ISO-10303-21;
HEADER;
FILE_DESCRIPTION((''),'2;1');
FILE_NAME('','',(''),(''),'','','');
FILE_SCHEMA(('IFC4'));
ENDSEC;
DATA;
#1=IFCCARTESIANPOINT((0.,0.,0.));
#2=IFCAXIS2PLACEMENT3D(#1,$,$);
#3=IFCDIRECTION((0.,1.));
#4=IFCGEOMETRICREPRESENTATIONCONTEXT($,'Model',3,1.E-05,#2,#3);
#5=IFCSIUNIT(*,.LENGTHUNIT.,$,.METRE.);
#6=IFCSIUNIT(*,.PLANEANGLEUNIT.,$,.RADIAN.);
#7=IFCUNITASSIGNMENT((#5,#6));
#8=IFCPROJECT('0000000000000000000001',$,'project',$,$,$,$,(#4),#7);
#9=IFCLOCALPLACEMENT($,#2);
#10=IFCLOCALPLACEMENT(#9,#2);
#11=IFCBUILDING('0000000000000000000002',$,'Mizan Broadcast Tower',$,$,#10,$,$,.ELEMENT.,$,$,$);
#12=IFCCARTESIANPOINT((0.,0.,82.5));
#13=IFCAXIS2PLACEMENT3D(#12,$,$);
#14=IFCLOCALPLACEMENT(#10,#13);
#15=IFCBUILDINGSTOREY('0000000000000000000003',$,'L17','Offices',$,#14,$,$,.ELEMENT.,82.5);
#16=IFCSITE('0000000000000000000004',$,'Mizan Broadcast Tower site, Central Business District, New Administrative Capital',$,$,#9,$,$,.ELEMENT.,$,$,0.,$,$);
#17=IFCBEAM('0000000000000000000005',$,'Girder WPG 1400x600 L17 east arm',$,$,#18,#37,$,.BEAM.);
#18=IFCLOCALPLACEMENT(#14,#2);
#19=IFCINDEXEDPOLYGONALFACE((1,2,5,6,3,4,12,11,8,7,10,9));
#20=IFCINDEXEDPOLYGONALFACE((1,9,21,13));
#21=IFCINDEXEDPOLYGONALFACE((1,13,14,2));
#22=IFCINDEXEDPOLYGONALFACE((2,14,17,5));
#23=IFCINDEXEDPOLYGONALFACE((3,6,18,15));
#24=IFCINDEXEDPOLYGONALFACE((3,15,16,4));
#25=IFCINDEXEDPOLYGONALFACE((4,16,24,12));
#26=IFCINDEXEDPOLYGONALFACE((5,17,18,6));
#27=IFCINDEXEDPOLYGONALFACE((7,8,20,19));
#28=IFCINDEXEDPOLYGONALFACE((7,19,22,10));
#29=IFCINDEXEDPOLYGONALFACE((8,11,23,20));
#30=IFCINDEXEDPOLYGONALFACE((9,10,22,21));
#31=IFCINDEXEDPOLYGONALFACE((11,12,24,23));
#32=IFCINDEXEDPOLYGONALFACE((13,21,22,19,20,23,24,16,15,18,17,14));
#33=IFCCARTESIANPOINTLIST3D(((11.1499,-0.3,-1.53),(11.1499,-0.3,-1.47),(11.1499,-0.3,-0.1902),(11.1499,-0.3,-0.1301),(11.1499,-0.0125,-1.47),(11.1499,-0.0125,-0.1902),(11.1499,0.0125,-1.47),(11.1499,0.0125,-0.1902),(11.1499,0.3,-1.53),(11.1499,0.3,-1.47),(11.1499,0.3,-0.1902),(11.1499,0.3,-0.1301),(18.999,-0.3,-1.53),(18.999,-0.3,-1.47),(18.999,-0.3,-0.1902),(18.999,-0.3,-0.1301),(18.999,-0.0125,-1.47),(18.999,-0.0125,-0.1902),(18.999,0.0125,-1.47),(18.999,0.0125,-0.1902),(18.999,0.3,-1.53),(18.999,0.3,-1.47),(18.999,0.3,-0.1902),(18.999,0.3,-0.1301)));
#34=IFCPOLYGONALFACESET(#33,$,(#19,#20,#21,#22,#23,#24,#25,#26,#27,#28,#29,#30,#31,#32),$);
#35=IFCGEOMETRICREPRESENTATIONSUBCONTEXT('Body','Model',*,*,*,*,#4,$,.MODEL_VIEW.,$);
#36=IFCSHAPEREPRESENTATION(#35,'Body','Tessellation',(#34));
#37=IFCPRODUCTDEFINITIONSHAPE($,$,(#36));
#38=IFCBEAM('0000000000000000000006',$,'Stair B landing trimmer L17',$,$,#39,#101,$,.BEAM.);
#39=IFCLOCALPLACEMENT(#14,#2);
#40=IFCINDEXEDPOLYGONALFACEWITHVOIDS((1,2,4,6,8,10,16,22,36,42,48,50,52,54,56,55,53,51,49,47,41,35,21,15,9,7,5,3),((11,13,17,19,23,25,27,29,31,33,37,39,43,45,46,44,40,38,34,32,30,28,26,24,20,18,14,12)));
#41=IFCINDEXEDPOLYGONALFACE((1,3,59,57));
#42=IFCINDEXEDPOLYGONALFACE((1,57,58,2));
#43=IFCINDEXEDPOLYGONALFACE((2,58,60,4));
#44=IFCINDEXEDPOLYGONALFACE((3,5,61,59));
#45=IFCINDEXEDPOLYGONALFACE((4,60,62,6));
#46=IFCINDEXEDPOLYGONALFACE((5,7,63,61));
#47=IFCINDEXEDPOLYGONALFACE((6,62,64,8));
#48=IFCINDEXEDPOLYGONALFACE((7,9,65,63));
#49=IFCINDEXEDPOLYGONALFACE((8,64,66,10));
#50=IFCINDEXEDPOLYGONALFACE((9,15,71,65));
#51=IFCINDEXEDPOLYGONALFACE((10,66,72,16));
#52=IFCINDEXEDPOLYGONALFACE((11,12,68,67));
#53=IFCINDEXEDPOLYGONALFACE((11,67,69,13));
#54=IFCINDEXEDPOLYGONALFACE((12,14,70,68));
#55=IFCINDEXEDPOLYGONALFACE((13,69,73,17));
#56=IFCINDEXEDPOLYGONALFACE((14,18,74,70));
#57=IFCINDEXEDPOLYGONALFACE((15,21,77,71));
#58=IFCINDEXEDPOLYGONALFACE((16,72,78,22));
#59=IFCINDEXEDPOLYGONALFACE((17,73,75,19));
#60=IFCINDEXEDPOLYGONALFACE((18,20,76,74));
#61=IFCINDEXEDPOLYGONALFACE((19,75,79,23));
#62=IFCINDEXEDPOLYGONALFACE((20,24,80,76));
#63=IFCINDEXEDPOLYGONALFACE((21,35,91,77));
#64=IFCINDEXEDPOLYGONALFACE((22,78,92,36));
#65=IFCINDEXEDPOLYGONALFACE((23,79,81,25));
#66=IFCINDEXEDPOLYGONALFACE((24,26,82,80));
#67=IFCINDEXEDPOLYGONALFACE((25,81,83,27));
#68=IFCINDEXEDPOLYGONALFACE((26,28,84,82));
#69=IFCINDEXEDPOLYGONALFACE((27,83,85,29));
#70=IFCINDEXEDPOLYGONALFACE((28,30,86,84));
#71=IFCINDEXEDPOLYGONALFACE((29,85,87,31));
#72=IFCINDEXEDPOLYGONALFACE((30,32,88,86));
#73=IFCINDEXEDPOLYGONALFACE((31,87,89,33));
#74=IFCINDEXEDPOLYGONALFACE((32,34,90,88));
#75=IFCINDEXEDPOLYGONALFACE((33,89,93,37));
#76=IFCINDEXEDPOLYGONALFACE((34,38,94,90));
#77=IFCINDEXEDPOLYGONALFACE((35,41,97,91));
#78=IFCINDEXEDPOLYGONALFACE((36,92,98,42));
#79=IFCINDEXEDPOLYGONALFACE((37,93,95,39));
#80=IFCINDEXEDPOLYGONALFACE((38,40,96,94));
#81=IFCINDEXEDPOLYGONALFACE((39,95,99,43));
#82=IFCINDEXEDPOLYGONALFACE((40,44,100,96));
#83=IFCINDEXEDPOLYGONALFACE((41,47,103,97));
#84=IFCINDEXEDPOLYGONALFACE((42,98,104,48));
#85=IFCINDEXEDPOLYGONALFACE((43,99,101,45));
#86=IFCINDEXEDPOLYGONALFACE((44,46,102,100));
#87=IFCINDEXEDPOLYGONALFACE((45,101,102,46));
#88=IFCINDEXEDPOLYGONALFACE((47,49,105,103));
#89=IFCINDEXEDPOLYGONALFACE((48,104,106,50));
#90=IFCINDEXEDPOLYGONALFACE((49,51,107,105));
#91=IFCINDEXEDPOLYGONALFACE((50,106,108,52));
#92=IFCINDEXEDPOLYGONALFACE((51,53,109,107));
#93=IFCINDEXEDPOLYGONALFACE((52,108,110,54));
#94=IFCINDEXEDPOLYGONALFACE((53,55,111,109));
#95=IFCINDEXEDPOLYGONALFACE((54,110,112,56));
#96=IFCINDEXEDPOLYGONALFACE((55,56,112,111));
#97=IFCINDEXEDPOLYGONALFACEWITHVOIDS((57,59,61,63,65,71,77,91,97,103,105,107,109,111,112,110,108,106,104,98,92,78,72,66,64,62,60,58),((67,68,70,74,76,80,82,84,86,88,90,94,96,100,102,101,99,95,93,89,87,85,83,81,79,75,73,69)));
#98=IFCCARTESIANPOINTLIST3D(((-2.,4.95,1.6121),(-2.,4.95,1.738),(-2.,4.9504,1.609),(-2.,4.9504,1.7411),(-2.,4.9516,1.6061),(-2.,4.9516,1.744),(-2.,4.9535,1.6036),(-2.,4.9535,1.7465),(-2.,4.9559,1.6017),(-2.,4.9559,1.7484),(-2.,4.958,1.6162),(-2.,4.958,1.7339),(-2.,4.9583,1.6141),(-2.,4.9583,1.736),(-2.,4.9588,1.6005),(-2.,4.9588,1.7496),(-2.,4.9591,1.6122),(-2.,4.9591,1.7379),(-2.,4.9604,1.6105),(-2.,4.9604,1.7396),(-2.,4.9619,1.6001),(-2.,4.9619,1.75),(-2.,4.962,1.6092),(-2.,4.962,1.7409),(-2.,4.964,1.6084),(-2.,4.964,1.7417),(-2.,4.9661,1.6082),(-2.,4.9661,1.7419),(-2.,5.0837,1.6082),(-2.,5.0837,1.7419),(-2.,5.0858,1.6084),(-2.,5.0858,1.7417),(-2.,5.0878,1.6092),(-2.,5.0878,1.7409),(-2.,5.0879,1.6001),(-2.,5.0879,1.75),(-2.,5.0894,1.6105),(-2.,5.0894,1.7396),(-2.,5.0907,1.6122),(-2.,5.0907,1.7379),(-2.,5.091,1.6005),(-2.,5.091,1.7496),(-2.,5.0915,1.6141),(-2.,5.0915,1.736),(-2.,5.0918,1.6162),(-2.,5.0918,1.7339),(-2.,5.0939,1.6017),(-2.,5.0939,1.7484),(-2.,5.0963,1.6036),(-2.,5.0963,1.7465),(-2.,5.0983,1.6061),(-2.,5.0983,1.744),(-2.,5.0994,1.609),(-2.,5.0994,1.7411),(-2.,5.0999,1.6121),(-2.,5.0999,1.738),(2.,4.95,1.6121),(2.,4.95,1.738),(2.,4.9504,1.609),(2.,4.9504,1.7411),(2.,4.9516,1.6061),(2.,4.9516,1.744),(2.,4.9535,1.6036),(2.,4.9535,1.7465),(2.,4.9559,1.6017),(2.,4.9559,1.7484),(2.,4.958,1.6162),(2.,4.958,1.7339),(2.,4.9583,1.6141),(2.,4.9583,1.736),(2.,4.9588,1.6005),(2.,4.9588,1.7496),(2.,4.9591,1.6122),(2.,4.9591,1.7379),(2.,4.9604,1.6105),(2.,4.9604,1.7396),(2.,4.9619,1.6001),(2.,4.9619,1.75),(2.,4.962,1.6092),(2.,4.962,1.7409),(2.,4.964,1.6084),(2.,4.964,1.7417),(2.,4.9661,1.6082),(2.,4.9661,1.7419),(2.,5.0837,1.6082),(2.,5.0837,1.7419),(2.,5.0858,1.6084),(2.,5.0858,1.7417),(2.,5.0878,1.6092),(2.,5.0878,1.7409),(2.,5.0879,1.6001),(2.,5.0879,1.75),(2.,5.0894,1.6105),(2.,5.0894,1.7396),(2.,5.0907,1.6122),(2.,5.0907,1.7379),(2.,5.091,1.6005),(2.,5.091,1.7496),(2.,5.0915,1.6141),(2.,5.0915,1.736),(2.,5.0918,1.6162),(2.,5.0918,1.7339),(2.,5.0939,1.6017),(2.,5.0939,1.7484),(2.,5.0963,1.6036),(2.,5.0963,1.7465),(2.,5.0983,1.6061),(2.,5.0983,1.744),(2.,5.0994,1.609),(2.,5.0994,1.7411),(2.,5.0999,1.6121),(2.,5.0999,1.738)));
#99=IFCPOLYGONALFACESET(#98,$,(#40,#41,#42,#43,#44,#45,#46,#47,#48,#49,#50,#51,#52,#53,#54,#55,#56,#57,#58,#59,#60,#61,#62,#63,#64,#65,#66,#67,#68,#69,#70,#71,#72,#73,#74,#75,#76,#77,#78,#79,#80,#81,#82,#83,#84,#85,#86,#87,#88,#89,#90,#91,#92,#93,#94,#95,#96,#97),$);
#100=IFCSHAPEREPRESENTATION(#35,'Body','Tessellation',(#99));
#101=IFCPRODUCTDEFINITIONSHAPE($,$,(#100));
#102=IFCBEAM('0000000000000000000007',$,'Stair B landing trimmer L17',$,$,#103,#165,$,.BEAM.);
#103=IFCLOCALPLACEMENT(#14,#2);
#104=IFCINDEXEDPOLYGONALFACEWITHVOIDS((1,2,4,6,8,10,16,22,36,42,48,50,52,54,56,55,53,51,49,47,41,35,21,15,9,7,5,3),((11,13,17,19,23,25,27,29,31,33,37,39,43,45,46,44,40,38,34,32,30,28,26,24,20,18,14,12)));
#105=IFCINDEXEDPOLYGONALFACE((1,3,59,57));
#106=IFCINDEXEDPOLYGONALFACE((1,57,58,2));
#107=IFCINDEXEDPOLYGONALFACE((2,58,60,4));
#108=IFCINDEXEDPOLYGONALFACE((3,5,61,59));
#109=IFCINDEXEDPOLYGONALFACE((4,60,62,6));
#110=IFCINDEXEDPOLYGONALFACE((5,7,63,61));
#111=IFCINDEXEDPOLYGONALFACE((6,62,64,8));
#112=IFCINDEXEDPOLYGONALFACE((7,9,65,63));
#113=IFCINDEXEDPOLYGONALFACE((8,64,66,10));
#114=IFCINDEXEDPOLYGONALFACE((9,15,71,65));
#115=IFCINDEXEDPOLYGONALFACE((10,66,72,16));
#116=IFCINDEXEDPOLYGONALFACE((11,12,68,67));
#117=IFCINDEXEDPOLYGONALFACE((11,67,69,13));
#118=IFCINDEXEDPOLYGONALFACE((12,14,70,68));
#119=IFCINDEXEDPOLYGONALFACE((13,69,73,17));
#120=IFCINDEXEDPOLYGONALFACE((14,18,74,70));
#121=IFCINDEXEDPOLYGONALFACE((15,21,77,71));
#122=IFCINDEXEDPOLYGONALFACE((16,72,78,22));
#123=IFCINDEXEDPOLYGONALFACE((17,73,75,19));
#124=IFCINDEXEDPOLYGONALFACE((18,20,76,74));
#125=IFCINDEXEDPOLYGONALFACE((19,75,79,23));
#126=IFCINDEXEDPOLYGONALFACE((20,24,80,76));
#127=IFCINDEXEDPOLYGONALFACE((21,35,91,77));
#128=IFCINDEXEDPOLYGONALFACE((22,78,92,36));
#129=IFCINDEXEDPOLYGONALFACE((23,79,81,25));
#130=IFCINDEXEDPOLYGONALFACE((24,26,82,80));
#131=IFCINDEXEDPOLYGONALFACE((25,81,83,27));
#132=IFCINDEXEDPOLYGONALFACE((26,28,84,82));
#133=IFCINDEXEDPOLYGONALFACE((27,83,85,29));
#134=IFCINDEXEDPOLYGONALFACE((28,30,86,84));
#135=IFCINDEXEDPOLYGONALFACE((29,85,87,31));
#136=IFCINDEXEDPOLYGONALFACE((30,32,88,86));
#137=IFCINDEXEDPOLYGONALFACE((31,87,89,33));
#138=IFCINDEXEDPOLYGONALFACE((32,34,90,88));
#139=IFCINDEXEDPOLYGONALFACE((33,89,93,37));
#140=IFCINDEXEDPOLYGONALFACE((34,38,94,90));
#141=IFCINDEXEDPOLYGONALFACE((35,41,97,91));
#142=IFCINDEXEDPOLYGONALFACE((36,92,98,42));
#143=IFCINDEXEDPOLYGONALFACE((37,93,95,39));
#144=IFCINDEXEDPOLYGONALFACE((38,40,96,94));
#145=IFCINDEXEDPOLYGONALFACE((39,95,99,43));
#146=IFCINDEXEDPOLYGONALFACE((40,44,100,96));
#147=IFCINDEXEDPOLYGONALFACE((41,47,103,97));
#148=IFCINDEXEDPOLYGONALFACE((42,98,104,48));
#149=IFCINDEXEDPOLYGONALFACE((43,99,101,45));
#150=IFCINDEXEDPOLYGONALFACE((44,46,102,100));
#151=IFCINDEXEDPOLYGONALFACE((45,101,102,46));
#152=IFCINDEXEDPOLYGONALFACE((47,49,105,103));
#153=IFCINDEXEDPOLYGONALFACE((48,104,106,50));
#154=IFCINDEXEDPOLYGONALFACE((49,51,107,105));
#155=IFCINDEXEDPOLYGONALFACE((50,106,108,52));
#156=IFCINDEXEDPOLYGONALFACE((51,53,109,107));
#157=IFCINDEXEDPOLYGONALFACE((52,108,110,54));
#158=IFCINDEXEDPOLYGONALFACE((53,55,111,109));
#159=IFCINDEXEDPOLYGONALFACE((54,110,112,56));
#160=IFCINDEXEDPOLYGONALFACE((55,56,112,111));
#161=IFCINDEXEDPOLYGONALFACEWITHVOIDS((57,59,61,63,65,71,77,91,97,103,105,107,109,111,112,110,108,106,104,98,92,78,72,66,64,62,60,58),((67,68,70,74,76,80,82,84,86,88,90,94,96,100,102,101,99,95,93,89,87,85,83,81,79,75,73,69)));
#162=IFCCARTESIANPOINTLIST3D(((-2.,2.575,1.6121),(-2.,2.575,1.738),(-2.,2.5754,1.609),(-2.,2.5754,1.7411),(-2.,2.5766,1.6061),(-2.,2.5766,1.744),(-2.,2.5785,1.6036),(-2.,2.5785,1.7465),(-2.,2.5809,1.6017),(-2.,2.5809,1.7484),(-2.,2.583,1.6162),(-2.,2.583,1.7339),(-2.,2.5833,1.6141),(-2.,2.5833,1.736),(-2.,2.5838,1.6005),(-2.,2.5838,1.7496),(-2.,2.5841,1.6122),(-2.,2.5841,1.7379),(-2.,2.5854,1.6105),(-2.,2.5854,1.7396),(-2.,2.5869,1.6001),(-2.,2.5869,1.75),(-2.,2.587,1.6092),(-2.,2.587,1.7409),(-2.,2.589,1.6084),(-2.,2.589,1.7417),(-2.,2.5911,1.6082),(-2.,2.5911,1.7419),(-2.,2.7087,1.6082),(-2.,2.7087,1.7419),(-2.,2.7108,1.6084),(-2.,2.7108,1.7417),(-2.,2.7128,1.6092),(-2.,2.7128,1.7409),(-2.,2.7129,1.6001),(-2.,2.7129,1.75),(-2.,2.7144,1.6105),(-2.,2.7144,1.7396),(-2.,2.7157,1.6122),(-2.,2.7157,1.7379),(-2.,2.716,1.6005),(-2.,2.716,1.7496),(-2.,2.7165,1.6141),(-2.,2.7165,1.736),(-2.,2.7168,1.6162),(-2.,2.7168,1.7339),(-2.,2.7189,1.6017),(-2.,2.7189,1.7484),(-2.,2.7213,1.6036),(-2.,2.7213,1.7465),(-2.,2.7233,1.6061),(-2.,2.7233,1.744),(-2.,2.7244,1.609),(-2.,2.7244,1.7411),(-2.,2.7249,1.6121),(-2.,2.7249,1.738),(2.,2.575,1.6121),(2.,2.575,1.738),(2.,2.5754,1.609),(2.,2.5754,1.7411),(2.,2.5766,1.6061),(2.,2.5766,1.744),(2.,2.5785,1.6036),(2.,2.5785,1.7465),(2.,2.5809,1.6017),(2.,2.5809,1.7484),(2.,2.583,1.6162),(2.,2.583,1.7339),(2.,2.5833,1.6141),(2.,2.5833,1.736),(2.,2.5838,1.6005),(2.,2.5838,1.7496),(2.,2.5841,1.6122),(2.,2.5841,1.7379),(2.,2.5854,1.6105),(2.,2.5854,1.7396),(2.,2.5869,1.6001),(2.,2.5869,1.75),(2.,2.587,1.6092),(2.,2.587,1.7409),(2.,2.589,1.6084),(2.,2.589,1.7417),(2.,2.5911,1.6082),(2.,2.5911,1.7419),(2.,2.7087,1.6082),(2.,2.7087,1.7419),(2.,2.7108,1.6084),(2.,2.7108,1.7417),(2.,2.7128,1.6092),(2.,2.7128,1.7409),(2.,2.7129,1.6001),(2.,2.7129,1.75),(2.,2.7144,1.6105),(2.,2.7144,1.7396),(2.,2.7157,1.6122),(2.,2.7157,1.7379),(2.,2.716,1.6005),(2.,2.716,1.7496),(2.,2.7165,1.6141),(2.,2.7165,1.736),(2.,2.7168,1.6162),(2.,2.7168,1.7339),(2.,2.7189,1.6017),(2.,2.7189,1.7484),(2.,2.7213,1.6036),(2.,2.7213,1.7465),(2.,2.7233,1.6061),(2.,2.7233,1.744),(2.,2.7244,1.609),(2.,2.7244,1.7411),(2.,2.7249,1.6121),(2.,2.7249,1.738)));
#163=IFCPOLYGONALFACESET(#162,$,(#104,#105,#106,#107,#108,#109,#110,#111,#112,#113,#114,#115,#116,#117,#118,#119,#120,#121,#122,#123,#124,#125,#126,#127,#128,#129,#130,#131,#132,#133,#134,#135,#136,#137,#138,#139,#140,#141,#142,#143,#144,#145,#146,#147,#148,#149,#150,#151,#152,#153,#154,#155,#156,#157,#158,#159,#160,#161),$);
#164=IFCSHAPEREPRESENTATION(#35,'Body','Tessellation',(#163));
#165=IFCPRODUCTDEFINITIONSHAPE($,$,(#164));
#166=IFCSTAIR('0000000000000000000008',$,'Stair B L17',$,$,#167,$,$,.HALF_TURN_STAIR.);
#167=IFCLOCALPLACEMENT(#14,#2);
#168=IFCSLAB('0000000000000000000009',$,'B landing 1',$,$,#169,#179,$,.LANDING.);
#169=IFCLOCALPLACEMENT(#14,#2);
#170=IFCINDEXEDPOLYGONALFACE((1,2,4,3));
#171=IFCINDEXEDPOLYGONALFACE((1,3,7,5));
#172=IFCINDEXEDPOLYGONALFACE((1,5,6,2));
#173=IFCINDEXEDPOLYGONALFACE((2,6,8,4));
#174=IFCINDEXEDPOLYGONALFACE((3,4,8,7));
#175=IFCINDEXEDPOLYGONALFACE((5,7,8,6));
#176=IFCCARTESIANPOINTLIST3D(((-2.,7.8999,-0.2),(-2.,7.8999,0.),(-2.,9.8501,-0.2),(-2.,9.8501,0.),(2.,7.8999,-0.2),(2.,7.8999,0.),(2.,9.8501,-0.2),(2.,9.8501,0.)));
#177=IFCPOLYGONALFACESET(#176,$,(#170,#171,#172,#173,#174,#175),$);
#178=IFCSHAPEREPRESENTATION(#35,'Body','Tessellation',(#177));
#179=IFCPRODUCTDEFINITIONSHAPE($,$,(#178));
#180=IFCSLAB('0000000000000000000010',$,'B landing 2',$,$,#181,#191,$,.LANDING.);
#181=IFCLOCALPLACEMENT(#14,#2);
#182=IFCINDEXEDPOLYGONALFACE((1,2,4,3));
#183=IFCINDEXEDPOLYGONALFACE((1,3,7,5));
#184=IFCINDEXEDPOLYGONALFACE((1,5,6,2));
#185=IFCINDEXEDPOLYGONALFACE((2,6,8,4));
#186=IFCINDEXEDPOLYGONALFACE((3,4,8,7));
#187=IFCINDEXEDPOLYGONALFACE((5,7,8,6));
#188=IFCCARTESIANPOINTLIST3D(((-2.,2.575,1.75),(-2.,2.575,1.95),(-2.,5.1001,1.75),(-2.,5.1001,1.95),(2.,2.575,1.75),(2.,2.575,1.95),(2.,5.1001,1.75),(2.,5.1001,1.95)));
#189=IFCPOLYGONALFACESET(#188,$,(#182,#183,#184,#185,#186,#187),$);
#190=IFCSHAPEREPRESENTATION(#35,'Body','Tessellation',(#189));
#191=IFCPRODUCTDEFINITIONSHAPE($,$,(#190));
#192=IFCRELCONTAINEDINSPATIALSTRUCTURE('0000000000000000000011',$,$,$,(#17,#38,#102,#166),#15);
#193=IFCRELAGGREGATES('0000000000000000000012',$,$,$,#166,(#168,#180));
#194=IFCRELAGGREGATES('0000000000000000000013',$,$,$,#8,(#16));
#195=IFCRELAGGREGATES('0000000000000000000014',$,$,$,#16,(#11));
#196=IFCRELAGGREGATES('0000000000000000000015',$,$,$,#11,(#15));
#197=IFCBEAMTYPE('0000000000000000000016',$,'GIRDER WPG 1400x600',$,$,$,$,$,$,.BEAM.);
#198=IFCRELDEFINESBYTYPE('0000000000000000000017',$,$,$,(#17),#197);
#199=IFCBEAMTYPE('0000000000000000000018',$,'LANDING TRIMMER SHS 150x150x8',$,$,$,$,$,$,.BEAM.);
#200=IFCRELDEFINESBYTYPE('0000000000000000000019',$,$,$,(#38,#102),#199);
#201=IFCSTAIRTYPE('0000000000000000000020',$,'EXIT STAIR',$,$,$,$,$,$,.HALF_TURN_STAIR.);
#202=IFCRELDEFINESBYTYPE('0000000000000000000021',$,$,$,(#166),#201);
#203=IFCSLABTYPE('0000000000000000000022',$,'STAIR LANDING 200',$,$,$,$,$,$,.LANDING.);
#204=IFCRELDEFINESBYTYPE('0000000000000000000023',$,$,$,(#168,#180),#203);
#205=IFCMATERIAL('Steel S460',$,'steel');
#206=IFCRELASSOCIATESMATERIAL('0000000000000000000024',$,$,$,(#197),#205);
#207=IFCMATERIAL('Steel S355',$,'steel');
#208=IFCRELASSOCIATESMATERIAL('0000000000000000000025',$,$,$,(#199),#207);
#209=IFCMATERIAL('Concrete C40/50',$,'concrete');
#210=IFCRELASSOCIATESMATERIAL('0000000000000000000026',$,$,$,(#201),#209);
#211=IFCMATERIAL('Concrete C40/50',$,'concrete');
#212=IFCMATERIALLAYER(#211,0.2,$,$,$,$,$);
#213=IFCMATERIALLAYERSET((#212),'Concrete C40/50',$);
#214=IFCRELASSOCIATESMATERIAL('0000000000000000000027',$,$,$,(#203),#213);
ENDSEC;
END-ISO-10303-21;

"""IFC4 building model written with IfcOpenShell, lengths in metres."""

from ifc_helpers import new_model, si_unit, direction, frame, origin, origin_2d, place, context, subcontext, project, spatial, polyline, hollow_rectangle, i_section, outline, extrude, material, layer, layer_set, material_profile, profile_set, type_object, element, aggregate, save


model = new_model("IFC4")

# Units and contexts
model_context = context("Model", 3, precision=1e-05, world=origin(), true_north=direction((0.0, 1.0)))
body_context = subcontext(model_context, "Body", "Model", "MODEL_VIEW")
ifc_project = project(units=[si_unit("LENGTHUNIT", "METRE"), si_unit("PLANEANGLEUNIT", "RADIAN")], contexts=[model_context])

# Site, building, storey
site_placement = place(None, origin())
site = spatial("IfcSite", under=ifc_project, at=site_placement, Name="Mizan Broadcast Tower site, Central Business District, New Administrative Capital", CompositionType="ELEMENT", RefElevation=0.0)
building_placement = place(site_placement, origin())
building = spatial("IfcBuilding", under=site, at=building_placement, Name="Mizan Broadcast Tower", CompositionType="ELEMENT")
storey_placement = place(building_placement, frame((0.0, 0.0, 82.5)))
storey = spatial("IfcBuildingStorey", under=building, at=storey_placement, Name="L17", Description="Offices", CompositionType="ELEMENT", Elevation=82.5)

# Beams
ifc_material_1 = material(Name="Steel S460", Category="steel")
ifc_material_profile_1 = material_profile(ifc_material_1, i_section(OverallWidth=0.6001, OverallDepth=1.3999, WebThickness=0.0249, FlangeThickness=0.0601, at=origin_2d()), Name="WPG 1400x600")
ifc_profile_set_1 = profile_set([ifc_material_profile_1], Name="Steel S460")
beam_type_1 = type_object("IfcBeamType", Name="GIRDER WPG 1400x600", PredefinedType="BEAM", material=ifc_profile_set_1)
beam_placement = place(storey_placement, frame((11.1499, 0.0, -0.8301), z_axis=(1.0, 0.0, 0.0), x_axis=(0.0, 1.0, 0.0)))
element("IfcBeam", 1, at=beam_placement, inside=storey, type_object=beam_type_1, Name="Girder WPG 1400x600 L17 east arm", PredefinedType="BEAM", context=body_context, shape_type="SweptSolid", body=[
    extrude(i_section(OverallWidth=0.6001, OverallDepth=1.3999, WebThickness=0.0249, FlangeThickness=0.0601, at=origin_2d()), origin(), (0.0, 0.0, 1.0), 7.8491),
])
ifc_material_2 = material(Name="Steel S355", Category="steel")
ifc_material_profile_2 = material_profile(ifc_material_2, hollow_rectangle(XDim=0.1499, YDim=0.1499, WallThickness=0.0081, InnerFilletRadius=0.0081, OuterFilletRadius=0.012, at=origin_2d()), Name="SHS 150x150x8")
ifc_profile_set_2 = profile_set([ifc_material_profile_2], Name="Steel S355")
beam_type_2 = type_object("IfcBeamType", Name="LANDING TRIMMER SHS 150x150x8", PredefinedType="BEAM", material=ifc_profile_set_2)
for number, where, z_axis, x_axis, name in (
    (2, (2.0, 5.0249, 1.675), (-1.0, 0.0, 0.0), (0.0, -1.0, 0.0), "Stair B landing trimmer L17"),
    (3, (2.0, 2.6499, 1.675), (-1.0, 0.0, 0.0), (0.0, -1.0, 0.0), "Stair B landing trimmer L17"),
):
    element("IfcBeam", number, at=place(storey_placement, frame(where, z_axis=z_axis, x_axis=x_axis)), inside=storey, type_object=beam_type_2, Name=name, PredefinedType="BEAM", context=body_context, shape_type="SweptSolid", body=[
        extrude(hollow_rectangle(XDim=0.1499, YDim=0.1499, WallThickness=0.0081, InnerFilletRadius=0.0081, OuterFilletRadius=0.012, at=origin_2d()), origin(), (0.0, 0.0, 1.0), 4.0),
    ])

# Stair, slabs
ifc_material_3 = material(Name="Concrete C40/50", Category="concrete")
stair_type = type_object("IfcStairType", Name="EXIT STAIR", PredefinedType="HALF_TURN_STAIR", material=ifc_material_3)
stair_placement = place(storey_placement, origin())
stair = element("IfcStair", 4, at=stair_placement, inside=storey, type_object=stair_type, Name="Stair B L17", PredefinedType="HALF_TURN_STAIR")
ifc_material_4 = material(Name="Concrete C40/50", Category="concrete")
ifc_layer_1 = layer(ifc_material_4, 0.2)
ifc_layer_set_1 = layer_set([ifc_layer_1], Name="Concrete C40/50")
slab_type = type_object("IfcSlabType", Name="STAIR LANDING 200", PredefinedType="LANDING", material=ifc_layer_set_1)
slab_1_placement = place(storey_placement, frame((0.0, 0.0, -0.2)))
slab_1 = element("IfcSlab", 5, at=slab_1_placement, type_object=slab_type, Name="B landing 1", PredefinedType="LANDING", context=body_context, shape_type="SweptSolid", body=[
    extrude(outline(polyline([(2.0, 9.8501), (2.0, 7.8999), (-2.0, 7.8999), (-2.0, 9.8501), (2.0, 9.8501)])), origin(), (0.0, 0.0, 1.0), 0.2),
])
slab_2_placement = place(storey_placement, frame((0.0, 0.0, 1.75)))
slab_2 = element("IfcSlab", 6, at=slab_2_placement, type_object=slab_type, Name="B landing 2", PredefinedType="LANDING", context=body_context, shape_type="SweptSolid", body=[
    extrude(outline(polyline([(2.0, 5.1001), (2.0, 2.575), (-2.0, 2.575), (-2.0, 5.1001), (2.0, 5.1001)])), origin(), (0.0, 0.0, 1.0), 0.2),
])

aggregate(stair, [slab_1, slab_2])

save(model, "model.ifc")
